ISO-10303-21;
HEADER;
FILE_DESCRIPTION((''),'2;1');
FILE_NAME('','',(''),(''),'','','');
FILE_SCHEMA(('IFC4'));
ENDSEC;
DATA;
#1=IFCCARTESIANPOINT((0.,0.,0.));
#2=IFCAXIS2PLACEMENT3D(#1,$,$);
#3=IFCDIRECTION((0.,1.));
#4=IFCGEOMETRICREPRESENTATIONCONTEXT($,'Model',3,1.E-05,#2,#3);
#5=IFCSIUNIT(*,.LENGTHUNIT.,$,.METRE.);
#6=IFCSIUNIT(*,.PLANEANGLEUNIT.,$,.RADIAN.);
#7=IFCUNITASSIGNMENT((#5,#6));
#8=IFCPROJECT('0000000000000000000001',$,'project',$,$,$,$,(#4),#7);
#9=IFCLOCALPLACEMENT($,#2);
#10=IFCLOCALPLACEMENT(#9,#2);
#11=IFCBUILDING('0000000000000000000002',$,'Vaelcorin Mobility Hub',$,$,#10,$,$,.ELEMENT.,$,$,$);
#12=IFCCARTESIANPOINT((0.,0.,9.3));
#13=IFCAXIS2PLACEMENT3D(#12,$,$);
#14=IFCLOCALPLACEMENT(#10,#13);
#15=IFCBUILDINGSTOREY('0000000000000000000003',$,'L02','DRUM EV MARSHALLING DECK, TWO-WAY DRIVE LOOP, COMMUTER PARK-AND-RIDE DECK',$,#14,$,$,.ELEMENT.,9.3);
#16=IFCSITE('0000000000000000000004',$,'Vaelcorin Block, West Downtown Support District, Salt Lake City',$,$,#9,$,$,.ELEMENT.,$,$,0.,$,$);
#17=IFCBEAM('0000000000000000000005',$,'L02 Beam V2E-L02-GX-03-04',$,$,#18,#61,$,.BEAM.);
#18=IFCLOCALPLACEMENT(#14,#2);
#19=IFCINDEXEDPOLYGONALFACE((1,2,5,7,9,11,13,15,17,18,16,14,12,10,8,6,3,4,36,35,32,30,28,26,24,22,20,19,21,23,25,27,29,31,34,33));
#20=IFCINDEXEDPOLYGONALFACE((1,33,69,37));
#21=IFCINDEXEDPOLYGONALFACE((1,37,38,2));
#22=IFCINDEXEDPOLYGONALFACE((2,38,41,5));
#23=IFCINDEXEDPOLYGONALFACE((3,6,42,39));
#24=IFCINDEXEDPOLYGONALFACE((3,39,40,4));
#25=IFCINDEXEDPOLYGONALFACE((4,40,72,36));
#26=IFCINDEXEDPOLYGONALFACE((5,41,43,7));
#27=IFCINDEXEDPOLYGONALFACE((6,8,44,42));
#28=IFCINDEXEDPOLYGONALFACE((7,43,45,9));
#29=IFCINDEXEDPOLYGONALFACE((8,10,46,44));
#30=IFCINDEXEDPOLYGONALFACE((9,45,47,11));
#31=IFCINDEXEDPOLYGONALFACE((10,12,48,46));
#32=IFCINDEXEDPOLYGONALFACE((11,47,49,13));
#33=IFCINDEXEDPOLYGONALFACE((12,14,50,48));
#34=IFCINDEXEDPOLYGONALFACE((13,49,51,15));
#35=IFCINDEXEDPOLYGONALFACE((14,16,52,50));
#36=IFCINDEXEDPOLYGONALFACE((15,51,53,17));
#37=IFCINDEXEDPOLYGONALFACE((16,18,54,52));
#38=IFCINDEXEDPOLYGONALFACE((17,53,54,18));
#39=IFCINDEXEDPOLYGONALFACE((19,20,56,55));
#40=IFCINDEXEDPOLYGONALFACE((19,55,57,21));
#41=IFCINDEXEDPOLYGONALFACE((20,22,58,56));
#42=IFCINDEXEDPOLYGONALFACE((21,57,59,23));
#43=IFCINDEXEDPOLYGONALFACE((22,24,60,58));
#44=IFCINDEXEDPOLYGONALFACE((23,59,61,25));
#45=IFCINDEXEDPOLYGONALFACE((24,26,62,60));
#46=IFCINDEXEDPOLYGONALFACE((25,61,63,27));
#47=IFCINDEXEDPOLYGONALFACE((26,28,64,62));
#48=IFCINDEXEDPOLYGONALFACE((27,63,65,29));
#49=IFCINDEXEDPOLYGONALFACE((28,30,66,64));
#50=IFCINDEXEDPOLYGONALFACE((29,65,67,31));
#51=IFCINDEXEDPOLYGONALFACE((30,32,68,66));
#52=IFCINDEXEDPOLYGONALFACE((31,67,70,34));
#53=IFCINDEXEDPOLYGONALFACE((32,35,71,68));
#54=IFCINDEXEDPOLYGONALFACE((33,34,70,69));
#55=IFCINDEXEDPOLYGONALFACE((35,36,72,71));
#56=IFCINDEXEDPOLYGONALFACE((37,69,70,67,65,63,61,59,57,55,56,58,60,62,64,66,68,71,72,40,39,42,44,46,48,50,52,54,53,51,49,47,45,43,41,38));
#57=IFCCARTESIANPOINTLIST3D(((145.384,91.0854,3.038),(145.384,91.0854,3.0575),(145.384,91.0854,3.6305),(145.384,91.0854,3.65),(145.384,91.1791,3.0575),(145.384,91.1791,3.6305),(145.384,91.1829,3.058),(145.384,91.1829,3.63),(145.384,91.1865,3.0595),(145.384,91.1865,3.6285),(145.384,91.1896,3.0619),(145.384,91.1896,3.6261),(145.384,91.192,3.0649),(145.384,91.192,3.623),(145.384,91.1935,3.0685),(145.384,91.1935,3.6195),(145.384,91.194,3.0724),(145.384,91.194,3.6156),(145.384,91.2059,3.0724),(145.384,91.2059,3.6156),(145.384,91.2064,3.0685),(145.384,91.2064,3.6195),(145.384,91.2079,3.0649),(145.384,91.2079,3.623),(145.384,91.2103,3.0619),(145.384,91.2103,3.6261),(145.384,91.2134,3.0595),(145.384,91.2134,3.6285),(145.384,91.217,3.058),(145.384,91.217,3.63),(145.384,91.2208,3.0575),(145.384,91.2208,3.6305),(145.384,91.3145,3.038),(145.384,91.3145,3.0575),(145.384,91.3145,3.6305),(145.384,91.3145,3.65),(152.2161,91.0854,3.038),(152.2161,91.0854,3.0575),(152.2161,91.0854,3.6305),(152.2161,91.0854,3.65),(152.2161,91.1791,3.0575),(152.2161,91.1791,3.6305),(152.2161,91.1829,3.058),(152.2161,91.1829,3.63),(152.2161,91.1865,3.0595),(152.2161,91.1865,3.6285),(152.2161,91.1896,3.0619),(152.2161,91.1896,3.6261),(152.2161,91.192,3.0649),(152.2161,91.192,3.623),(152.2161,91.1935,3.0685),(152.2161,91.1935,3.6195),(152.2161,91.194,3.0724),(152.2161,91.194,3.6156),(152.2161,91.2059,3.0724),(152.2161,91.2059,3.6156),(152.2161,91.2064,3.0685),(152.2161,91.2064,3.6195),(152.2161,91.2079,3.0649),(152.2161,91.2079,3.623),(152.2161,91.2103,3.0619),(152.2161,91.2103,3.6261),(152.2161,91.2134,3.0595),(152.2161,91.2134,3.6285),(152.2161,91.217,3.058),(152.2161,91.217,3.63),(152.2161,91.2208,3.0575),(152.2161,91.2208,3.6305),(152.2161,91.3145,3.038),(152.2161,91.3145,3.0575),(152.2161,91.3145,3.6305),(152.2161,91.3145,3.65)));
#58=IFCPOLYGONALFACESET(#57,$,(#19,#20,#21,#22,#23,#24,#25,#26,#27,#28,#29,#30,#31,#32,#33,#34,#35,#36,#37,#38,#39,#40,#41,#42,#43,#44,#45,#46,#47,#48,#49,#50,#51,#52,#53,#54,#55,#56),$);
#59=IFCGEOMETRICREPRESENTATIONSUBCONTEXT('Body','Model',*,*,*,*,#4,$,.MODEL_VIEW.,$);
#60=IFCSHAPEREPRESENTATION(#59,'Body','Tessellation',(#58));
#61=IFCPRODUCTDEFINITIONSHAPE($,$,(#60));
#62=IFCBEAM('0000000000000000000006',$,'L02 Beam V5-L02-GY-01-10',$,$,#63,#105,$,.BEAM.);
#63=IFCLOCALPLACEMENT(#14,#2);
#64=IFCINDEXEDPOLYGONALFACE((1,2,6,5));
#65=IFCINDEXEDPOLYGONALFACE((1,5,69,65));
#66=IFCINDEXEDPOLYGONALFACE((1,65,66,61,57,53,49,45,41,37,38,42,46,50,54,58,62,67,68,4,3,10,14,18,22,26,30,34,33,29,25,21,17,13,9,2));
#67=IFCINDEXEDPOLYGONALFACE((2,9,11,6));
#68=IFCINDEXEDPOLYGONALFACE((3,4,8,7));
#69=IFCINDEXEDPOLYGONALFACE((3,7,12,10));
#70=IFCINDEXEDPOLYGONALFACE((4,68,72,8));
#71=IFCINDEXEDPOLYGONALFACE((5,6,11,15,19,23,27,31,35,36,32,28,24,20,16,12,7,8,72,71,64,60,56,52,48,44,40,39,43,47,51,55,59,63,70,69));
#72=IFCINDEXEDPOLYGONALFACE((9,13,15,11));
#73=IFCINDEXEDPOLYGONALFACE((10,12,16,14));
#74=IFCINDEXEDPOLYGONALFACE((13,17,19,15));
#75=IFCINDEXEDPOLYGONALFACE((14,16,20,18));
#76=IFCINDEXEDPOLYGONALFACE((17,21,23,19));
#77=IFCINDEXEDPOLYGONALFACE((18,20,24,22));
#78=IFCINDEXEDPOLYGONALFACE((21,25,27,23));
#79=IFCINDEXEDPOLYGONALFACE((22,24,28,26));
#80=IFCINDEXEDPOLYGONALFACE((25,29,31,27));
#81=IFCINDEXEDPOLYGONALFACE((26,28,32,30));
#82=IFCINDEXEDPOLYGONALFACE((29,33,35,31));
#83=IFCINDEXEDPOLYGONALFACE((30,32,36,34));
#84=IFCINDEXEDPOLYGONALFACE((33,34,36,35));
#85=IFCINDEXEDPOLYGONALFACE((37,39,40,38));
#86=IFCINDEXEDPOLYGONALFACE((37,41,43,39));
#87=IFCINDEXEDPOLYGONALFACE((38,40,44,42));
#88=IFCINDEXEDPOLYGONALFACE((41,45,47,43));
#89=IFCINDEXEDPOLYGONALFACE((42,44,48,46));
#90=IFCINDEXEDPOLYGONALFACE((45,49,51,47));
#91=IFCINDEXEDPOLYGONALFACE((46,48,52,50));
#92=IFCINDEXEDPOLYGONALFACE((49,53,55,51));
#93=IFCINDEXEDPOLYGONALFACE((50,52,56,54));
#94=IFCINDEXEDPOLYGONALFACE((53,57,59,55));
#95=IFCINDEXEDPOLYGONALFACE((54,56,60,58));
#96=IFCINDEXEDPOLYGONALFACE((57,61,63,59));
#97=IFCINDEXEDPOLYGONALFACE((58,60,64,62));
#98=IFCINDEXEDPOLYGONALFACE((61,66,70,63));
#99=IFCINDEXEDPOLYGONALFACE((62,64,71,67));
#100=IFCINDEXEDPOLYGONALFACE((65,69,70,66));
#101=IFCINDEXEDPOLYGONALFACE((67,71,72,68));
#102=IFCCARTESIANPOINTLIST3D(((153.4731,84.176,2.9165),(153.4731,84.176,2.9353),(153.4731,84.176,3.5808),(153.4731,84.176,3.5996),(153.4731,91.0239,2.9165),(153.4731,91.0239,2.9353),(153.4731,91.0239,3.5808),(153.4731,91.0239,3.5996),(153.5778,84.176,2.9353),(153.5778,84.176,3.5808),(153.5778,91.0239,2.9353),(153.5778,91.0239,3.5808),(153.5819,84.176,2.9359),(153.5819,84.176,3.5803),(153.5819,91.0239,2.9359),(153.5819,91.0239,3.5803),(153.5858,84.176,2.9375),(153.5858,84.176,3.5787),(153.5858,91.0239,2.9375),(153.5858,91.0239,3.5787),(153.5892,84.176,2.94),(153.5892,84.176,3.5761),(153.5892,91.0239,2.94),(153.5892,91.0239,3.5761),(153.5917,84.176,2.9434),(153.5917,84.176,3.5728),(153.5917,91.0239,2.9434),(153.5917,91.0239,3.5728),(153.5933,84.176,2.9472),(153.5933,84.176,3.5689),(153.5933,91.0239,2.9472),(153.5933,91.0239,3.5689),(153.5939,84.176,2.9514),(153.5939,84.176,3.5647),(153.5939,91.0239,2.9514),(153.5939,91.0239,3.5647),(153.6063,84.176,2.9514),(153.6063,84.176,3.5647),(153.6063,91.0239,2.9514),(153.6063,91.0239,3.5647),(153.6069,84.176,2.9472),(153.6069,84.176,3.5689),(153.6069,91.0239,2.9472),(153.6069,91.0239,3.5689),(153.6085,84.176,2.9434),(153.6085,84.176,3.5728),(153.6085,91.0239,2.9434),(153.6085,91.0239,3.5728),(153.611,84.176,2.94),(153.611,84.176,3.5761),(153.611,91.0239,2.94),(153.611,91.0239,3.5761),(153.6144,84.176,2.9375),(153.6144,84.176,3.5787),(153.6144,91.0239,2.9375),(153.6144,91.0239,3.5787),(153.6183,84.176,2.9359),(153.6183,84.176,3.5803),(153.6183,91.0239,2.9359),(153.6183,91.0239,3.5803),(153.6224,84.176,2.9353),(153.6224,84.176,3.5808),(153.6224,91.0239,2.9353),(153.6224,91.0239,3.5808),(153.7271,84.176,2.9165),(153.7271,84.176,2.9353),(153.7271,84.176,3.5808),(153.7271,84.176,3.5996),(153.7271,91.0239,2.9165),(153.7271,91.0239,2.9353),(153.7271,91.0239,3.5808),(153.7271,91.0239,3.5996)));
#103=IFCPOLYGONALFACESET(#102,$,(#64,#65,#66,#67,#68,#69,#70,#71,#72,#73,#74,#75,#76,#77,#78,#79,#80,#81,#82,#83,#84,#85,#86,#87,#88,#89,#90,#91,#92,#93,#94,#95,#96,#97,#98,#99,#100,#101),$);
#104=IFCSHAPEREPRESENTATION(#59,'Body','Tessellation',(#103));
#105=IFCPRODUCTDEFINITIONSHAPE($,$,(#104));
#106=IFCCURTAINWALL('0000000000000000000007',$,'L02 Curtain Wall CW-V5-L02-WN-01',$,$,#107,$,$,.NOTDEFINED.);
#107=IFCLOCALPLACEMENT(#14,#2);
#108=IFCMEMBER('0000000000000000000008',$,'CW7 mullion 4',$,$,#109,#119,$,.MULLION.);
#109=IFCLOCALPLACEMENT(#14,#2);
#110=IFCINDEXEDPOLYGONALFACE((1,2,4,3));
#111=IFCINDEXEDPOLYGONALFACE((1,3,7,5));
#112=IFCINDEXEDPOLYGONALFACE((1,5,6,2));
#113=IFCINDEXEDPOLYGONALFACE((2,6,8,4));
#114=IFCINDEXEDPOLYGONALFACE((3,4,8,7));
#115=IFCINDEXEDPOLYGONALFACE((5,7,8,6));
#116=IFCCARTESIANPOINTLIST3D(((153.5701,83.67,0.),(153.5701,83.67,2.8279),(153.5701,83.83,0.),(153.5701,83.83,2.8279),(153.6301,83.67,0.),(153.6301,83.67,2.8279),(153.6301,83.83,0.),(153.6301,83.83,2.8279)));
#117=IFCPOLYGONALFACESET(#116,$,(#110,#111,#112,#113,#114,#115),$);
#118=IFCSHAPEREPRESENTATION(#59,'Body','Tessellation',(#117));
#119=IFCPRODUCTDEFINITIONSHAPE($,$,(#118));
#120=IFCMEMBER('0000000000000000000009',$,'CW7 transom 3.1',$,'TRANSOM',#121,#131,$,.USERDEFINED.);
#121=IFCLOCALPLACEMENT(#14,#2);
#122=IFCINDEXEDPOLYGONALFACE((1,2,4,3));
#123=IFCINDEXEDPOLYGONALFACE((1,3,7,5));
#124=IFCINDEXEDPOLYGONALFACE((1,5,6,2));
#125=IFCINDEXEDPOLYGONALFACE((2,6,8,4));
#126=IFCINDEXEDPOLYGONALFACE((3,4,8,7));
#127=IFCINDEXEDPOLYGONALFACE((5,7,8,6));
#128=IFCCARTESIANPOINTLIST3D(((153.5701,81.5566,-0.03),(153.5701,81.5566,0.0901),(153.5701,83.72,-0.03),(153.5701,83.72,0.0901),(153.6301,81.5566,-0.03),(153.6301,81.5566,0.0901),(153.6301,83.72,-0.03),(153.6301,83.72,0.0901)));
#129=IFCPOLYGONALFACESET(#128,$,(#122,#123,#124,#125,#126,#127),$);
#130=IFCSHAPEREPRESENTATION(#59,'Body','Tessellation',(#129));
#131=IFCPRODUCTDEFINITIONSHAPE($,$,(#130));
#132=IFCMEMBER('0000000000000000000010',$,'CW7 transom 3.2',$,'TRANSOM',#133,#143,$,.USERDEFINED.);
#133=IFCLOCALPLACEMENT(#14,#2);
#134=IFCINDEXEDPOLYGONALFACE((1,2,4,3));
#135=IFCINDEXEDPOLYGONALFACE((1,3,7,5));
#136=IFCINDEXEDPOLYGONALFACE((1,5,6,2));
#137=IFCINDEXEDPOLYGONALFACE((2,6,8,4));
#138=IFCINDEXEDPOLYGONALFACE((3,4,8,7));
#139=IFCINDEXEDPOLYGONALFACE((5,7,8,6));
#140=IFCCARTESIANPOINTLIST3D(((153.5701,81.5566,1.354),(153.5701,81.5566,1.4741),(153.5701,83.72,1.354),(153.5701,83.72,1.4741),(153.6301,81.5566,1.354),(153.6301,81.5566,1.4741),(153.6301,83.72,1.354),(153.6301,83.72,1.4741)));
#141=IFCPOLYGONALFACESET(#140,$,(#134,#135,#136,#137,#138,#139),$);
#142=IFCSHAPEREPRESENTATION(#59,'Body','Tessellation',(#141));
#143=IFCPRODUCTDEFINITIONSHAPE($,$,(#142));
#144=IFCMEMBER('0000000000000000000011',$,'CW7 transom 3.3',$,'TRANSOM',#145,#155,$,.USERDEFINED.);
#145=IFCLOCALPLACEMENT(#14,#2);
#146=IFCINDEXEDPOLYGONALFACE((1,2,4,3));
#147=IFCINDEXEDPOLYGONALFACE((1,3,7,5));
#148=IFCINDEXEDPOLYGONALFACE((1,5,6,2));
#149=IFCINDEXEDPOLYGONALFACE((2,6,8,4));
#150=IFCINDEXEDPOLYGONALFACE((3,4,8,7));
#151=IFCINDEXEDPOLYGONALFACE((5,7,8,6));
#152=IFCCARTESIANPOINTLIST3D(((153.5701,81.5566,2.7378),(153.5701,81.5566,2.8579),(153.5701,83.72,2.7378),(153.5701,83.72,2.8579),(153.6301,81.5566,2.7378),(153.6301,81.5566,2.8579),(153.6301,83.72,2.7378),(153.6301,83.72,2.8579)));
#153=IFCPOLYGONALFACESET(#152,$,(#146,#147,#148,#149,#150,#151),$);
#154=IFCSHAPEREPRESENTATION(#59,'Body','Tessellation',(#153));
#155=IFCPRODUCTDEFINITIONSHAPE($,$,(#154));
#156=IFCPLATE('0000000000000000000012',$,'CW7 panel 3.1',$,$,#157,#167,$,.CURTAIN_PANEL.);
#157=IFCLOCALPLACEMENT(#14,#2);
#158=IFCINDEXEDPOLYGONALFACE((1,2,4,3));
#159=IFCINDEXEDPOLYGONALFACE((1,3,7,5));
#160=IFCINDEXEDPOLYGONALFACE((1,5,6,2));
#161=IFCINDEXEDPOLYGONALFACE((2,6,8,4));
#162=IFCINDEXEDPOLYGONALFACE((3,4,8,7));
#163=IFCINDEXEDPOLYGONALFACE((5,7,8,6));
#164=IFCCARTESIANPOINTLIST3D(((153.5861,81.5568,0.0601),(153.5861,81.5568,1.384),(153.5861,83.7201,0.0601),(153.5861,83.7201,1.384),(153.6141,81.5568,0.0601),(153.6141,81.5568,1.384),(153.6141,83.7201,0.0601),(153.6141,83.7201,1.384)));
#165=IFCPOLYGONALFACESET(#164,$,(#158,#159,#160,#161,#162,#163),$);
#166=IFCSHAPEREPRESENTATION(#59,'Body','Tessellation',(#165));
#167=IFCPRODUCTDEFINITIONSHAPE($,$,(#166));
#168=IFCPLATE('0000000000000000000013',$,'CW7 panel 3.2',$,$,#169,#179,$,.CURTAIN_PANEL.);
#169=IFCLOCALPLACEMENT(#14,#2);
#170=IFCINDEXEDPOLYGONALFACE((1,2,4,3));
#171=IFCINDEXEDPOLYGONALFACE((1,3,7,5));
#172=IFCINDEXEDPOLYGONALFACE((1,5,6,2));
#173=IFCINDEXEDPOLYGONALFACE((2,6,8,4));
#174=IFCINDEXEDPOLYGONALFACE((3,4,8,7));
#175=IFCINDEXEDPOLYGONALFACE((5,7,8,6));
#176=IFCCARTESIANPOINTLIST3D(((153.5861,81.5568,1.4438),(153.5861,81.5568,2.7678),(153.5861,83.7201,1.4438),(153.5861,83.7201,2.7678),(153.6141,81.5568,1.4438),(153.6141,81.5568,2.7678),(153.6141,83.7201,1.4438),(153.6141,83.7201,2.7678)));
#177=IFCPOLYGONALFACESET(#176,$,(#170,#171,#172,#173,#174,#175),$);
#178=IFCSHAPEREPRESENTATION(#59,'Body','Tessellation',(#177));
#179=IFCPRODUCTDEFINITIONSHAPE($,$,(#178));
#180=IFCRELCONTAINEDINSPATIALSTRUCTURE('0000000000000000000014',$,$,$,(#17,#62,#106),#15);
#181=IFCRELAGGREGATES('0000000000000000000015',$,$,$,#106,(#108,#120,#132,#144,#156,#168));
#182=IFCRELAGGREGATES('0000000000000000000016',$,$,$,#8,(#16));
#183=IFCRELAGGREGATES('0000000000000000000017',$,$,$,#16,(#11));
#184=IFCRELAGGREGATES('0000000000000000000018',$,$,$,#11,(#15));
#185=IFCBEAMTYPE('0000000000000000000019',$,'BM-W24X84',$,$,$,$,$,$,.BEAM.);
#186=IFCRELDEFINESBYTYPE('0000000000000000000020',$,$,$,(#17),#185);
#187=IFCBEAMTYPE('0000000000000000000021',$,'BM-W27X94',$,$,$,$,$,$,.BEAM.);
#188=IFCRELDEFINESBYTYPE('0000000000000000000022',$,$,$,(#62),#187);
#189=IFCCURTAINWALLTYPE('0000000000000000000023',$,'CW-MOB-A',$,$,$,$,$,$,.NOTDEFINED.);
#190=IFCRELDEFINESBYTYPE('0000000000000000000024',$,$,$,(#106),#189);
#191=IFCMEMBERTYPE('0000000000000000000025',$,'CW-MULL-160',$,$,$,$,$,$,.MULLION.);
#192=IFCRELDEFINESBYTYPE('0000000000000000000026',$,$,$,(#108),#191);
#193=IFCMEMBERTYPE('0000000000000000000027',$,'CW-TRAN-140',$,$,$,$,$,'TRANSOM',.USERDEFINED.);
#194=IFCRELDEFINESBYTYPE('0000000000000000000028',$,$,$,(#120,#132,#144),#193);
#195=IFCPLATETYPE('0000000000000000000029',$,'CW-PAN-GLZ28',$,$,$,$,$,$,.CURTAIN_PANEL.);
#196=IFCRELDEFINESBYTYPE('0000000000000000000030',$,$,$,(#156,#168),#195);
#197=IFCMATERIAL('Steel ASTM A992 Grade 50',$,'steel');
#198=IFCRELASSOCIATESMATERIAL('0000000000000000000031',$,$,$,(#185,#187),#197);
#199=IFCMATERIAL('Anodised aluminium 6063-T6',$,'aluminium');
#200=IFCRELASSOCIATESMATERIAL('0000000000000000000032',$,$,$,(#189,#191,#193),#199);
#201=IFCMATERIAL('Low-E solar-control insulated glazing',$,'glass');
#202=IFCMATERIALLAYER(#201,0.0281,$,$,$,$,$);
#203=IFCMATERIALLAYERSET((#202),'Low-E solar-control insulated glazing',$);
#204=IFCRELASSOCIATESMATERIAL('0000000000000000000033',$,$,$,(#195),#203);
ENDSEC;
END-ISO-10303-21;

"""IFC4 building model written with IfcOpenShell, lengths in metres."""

from ifc_helpers import new_model, si_unit, direction, frame, origin, origin_2d, place, context, subcontext, project, spatial, rectangle, i_section, extrude, material, layer, layer_set, material_profile, profile_set, type_object, element, aggregate, save


model = new_model("IFC4")

# Units and contexts
model_context = context("Model", 3, precision=1e-05, world=origin(), true_north=direction((0.0, 1.0)))
body_context = subcontext(model_context, "Body", "Model", "MODEL_VIEW")
ifc_project = project(units=[si_unit("LENGTHUNIT", "METRE"), si_unit("PLANEANGLEUNIT", "RADIAN")], contexts=[model_context])

# Site, building, storey
site_placement = place(None, origin())
site = spatial("IfcSite", under=ifc_project, at=site_placement, Name="Vaelcorin Block, West Downtown Support District, Salt Lake City", CompositionType="ELEMENT", RefElevation=0.0)
building_placement = place(site_placement, origin())
building = spatial("IfcBuilding", under=site, at=building_placement, Name="Vaelcorin Mobility Hub", CompositionType="ELEMENT")
storey_placement = place(building_placement, frame((0.0, 0.0, 9.3)))
storey = spatial("IfcBuildingStorey", under=building, at=storey_placement, Name="L02", Description="DRUM EV MARSHALLING DECK, TWO-WAY DRIVE LOOP, COMMUTER PARK-AND-RIDE DECK", CompositionType="ELEMENT", Elevation=9.3)

# Shared definitions
ifc_material_1 = material(Name="Steel ASTM A992 Grade 50", Category="steel")

# Beams
ifc_material_profile_1 = material_profile(ifc_material_1, i_section(OverallWidth=0.229, OverallDepth=0.6121, WebThickness=0.012, FlangeThickness=0.0195, FilletRadius=0.0149, at=origin_2d()), Name="W24X84")
ifc_profile_set_1 = profile_set([ifc_material_profile_1], Name="Steel ASTM A992 Grade 50")
beam_type_1 = type_object("IfcBeamType", Name="BM-W24X84", PredefinedType="BEAM", material=ifc_profile_set_1)
for number, where, z_axis, x_axis, name in (
    (1, (145.384, 91.2, 3.344), (1.0, 0.0, 0.0), (0.0, 1.0, 0.0), "L02 Beam V2E-L02-GX-03-04"),
):
    element("IfcBeam", number, at=place(storey_placement, frame(where, z_axis=z_axis, x_axis=x_axis)), inside=storey, type_object=beam_type_1, Name=name, PredefinedType="BEAM", context=body_context, shape_type="SweptSolid", body=[
        extrude(i_section(OverallWidth=0.229, OverallDepth=0.6121, WebThickness=0.012, FlangeThickness=0.0195, FilletRadius=0.0149, at=origin_2d()), origin(), (0.0, 0.0, 1.0), 6.832),
    ])
ifc_material_profile_2 = material_profile(ifc_material_1, i_section(OverallWidth=0.2539, OverallDepth=0.6831, WebThickness=0.0125, FlangeThickness=0.0188, FilletRadius=0.0161, at=origin_2d()), Name="W27X94")
ifc_profile_set_2 = profile_set([ifc_material_profile_2], Name="Steel ASTM A992 Grade 50")
beam_type_2 = type_object("IfcBeamType", Name="BM-W27X94", PredefinedType="BEAM", material=ifc_profile_set_2)
beam_1_placement = place(storey_placement, frame((153.6001, 84.176, 3.2581), z_axis=(0.0, 1.0, 0.0), x_axis=(-1.0, 0.0, 0.0)))
element("IfcBeam", 2, at=beam_1_placement, inside=storey, type_object=beam_type_2, Name="L02 Beam V5-L02-GY-01-10", PredefinedType="BEAM", context=body_context, shape_type="SweptSolid", body=[
    extrude(i_section(OverallWidth=0.2539, OverallDepth=0.6831, WebThickness=0.0125, FlangeThickness=0.0188, FilletRadius=0.0161, at=origin_2d()), origin(), (0.0, 0.0, 1.0), 6.8479),
])

# Curtain wall, members, plates
ifc_material_2 = material(Name="Anodised aluminium 6063-T6", Category="aluminium")
curtain_wall_type = type_object("IfcCurtainWallType", Name="CW-MOB-A", PredefinedType="NOTDEFINED", material=ifc_material_2)
curtain_wall_placement = place(storey_placement, origin())
curtain_wall = element("IfcCurtainWall", 3, at=curtain_wall_placement, inside=storey, type_object=curtain_wall_type, Name="L02 Curtain Wall CW-V5-L02-WN-01", PredefinedType="NOTDEFINED")
ifc_material_profile_3 = material_profile(ifc_material_2, rectangle(XDim=0.0601, YDim=0.1599, at=origin_2d()), Name="ALU-M60X160")
ifc_profile_set_3 = profile_set([ifc_material_profile_3], Name="Anodised aluminium 6063-T6")
member_type_1 = type_object("IfcMemberType", Name="CW-MULL-160", PredefinedType="MULLION", material=ifc_profile_set_3)
member_1_placement = place(storey_placement, frame((153.6001, 83.75, 0.0), z_axis=(0.0, 0.0, 1.0), x_axis=(-1.0, 0.0, 0.0)))
member_1 = element("IfcMember", 4, at=member_1_placement, type_object=member_type_1, Name="CW7 mullion 4", PredefinedType="MULLION", context=body_context, shape_type="SweptSolid", body=[
    extrude(rectangle(XDim=0.0601, YDim=0.1599, at=origin_2d()), origin(), (0.0, 0.0, 1.0), 2.8279),
])
ifc_material_profile_4 = material_profile(ifc_material_2, rectangle(XDim=0.0601, YDim=0.1201, at=origin_2d()), Name="ALU-T60X120")
ifc_profile_set_4 = profile_set([ifc_material_profile_4], Name="Anodised aluminium 6063-T6")
member_type_2 = type_object("IfcMemberType", Name="CW-TRAN-140", ElementType="TRANSOM", PredefinedType="USERDEFINED", material=ifc_profile_set_4)
member_2_placement = place(storey_placement, frame((153.6001, 81.5566, 0.03), z_axis=(0.0, 1.0, 0.0), x_axis=(-1.0, 0.0, 0.0)))
member_2 = element("IfcMember", 5, at=member_2_placement, type_object=member_type_2, Name="CW7 transom 3.1", ObjectType="TRANSOM", PredefinedType="USERDEFINED", context=body_context, shape_type="SweptSolid", body=[
    extrude(rectangle(XDim=0.0601, YDim=0.1201, at=origin_2d()), origin(), (0.0, 0.0, 1.0), 2.1633),
])
member_3_placement = place(storey_placement, frame((153.6001, 81.5566, 1.4141), z_axis=(0.0, 1.0, 0.0), x_axis=(-1.0, 0.0, 0.0)))
member_3 = element("IfcMember", 6, at=member_3_placement, type_object=member_type_2, Name="CW7 transom 3.2", ObjectType="TRANSOM", PredefinedType="USERDEFINED", context=body_context, shape_type="SweptSolid", body=[
    extrude(rectangle(XDim=0.0601, YDim=0.1201, at=origin_2d()), origin(), (0.0, 0.0, 1.0), 2.1633),
])
member_4_placement = place(storey_placement, frame((153.6001, 81.5566, 2.7979), z_axis=(0.0, 1.0, 0.0), x_axis=(-1.0, 0.0, 0.0)))
member_4 = element("IfcMember", 7, at=member_4_placement, type_object=member_type_2, Name="CW7 transom 3.3", ObjectType="TRANSOM", PredefinedType="USERDEFINED", context=body_context, shape_type="SweptSolid", body=[
    extrude(rectangle(XDim=0.0601, YDim=0.1201, at=origin_2d()), origin(), (0.0, 0.0, 1.0), 2.1633),
])
ifc_material_3 = material(Name="Low-E solar-control insulated glazing", Category="glass")
ifc_layer_1 = layer(ifc_material_3, 0.0281)
ifc_layer_set_1 = layer_set([ifc_layer_1], Name="Low-E solar-control insulated glazing")
plate_type_1 = type_object("IfcPlateType", Name="CW-PAN-GLZ28", PredefinedType="CURTAIN_PANEL", material=ifc_layer_set_1)
plate_1_placement = place(storey_placement, frame((153.6001, 82.6384, 0.0601), z_axis=(0.0, 0.0, 1.0), x_axis=(0.0, 1.0, 0.0)))
plate_1 = element("IfcPlate", 8, at=plate_1_placement, type_object=plate_type_1, Name="CW7 panel 3.1", PredefinedType="CURTAIN_PANEL", context=body_context, shape_type="SweptSolid", body=[
    extrude(rectangle(XDim=2.1633, YDim=0.0281, at=origin_2d()), origin(), (0.0, 0.0, 1.0), 1.324),
])
plate_2_placement = place(storey_placement, frame((153.6001, 82.6384, 1.4438), z_axis=(0.0, 0.0, 1.0), x_axis=(0.0, 1.0, 0.0)))
plate_2 = element("IfcPlate", 9, at=plate_2_placement, type_object=plate_type_1, Name="CW7 panel 3.2", PredefinedType="CURTAIN_PANEL", context=body_context, shape_type="SweptSolid", body=[
    extrude(rectangle(XDim=2.1633, YDim=0.0281, at=origin_2d()), origin(), (0.0, 0.0, 1.0), 1.324),
])
aggregate(curtain_wall, [member_1, member_2, member_3, member_4, plate_1, plate_2])

save(model, "model.ifc")
